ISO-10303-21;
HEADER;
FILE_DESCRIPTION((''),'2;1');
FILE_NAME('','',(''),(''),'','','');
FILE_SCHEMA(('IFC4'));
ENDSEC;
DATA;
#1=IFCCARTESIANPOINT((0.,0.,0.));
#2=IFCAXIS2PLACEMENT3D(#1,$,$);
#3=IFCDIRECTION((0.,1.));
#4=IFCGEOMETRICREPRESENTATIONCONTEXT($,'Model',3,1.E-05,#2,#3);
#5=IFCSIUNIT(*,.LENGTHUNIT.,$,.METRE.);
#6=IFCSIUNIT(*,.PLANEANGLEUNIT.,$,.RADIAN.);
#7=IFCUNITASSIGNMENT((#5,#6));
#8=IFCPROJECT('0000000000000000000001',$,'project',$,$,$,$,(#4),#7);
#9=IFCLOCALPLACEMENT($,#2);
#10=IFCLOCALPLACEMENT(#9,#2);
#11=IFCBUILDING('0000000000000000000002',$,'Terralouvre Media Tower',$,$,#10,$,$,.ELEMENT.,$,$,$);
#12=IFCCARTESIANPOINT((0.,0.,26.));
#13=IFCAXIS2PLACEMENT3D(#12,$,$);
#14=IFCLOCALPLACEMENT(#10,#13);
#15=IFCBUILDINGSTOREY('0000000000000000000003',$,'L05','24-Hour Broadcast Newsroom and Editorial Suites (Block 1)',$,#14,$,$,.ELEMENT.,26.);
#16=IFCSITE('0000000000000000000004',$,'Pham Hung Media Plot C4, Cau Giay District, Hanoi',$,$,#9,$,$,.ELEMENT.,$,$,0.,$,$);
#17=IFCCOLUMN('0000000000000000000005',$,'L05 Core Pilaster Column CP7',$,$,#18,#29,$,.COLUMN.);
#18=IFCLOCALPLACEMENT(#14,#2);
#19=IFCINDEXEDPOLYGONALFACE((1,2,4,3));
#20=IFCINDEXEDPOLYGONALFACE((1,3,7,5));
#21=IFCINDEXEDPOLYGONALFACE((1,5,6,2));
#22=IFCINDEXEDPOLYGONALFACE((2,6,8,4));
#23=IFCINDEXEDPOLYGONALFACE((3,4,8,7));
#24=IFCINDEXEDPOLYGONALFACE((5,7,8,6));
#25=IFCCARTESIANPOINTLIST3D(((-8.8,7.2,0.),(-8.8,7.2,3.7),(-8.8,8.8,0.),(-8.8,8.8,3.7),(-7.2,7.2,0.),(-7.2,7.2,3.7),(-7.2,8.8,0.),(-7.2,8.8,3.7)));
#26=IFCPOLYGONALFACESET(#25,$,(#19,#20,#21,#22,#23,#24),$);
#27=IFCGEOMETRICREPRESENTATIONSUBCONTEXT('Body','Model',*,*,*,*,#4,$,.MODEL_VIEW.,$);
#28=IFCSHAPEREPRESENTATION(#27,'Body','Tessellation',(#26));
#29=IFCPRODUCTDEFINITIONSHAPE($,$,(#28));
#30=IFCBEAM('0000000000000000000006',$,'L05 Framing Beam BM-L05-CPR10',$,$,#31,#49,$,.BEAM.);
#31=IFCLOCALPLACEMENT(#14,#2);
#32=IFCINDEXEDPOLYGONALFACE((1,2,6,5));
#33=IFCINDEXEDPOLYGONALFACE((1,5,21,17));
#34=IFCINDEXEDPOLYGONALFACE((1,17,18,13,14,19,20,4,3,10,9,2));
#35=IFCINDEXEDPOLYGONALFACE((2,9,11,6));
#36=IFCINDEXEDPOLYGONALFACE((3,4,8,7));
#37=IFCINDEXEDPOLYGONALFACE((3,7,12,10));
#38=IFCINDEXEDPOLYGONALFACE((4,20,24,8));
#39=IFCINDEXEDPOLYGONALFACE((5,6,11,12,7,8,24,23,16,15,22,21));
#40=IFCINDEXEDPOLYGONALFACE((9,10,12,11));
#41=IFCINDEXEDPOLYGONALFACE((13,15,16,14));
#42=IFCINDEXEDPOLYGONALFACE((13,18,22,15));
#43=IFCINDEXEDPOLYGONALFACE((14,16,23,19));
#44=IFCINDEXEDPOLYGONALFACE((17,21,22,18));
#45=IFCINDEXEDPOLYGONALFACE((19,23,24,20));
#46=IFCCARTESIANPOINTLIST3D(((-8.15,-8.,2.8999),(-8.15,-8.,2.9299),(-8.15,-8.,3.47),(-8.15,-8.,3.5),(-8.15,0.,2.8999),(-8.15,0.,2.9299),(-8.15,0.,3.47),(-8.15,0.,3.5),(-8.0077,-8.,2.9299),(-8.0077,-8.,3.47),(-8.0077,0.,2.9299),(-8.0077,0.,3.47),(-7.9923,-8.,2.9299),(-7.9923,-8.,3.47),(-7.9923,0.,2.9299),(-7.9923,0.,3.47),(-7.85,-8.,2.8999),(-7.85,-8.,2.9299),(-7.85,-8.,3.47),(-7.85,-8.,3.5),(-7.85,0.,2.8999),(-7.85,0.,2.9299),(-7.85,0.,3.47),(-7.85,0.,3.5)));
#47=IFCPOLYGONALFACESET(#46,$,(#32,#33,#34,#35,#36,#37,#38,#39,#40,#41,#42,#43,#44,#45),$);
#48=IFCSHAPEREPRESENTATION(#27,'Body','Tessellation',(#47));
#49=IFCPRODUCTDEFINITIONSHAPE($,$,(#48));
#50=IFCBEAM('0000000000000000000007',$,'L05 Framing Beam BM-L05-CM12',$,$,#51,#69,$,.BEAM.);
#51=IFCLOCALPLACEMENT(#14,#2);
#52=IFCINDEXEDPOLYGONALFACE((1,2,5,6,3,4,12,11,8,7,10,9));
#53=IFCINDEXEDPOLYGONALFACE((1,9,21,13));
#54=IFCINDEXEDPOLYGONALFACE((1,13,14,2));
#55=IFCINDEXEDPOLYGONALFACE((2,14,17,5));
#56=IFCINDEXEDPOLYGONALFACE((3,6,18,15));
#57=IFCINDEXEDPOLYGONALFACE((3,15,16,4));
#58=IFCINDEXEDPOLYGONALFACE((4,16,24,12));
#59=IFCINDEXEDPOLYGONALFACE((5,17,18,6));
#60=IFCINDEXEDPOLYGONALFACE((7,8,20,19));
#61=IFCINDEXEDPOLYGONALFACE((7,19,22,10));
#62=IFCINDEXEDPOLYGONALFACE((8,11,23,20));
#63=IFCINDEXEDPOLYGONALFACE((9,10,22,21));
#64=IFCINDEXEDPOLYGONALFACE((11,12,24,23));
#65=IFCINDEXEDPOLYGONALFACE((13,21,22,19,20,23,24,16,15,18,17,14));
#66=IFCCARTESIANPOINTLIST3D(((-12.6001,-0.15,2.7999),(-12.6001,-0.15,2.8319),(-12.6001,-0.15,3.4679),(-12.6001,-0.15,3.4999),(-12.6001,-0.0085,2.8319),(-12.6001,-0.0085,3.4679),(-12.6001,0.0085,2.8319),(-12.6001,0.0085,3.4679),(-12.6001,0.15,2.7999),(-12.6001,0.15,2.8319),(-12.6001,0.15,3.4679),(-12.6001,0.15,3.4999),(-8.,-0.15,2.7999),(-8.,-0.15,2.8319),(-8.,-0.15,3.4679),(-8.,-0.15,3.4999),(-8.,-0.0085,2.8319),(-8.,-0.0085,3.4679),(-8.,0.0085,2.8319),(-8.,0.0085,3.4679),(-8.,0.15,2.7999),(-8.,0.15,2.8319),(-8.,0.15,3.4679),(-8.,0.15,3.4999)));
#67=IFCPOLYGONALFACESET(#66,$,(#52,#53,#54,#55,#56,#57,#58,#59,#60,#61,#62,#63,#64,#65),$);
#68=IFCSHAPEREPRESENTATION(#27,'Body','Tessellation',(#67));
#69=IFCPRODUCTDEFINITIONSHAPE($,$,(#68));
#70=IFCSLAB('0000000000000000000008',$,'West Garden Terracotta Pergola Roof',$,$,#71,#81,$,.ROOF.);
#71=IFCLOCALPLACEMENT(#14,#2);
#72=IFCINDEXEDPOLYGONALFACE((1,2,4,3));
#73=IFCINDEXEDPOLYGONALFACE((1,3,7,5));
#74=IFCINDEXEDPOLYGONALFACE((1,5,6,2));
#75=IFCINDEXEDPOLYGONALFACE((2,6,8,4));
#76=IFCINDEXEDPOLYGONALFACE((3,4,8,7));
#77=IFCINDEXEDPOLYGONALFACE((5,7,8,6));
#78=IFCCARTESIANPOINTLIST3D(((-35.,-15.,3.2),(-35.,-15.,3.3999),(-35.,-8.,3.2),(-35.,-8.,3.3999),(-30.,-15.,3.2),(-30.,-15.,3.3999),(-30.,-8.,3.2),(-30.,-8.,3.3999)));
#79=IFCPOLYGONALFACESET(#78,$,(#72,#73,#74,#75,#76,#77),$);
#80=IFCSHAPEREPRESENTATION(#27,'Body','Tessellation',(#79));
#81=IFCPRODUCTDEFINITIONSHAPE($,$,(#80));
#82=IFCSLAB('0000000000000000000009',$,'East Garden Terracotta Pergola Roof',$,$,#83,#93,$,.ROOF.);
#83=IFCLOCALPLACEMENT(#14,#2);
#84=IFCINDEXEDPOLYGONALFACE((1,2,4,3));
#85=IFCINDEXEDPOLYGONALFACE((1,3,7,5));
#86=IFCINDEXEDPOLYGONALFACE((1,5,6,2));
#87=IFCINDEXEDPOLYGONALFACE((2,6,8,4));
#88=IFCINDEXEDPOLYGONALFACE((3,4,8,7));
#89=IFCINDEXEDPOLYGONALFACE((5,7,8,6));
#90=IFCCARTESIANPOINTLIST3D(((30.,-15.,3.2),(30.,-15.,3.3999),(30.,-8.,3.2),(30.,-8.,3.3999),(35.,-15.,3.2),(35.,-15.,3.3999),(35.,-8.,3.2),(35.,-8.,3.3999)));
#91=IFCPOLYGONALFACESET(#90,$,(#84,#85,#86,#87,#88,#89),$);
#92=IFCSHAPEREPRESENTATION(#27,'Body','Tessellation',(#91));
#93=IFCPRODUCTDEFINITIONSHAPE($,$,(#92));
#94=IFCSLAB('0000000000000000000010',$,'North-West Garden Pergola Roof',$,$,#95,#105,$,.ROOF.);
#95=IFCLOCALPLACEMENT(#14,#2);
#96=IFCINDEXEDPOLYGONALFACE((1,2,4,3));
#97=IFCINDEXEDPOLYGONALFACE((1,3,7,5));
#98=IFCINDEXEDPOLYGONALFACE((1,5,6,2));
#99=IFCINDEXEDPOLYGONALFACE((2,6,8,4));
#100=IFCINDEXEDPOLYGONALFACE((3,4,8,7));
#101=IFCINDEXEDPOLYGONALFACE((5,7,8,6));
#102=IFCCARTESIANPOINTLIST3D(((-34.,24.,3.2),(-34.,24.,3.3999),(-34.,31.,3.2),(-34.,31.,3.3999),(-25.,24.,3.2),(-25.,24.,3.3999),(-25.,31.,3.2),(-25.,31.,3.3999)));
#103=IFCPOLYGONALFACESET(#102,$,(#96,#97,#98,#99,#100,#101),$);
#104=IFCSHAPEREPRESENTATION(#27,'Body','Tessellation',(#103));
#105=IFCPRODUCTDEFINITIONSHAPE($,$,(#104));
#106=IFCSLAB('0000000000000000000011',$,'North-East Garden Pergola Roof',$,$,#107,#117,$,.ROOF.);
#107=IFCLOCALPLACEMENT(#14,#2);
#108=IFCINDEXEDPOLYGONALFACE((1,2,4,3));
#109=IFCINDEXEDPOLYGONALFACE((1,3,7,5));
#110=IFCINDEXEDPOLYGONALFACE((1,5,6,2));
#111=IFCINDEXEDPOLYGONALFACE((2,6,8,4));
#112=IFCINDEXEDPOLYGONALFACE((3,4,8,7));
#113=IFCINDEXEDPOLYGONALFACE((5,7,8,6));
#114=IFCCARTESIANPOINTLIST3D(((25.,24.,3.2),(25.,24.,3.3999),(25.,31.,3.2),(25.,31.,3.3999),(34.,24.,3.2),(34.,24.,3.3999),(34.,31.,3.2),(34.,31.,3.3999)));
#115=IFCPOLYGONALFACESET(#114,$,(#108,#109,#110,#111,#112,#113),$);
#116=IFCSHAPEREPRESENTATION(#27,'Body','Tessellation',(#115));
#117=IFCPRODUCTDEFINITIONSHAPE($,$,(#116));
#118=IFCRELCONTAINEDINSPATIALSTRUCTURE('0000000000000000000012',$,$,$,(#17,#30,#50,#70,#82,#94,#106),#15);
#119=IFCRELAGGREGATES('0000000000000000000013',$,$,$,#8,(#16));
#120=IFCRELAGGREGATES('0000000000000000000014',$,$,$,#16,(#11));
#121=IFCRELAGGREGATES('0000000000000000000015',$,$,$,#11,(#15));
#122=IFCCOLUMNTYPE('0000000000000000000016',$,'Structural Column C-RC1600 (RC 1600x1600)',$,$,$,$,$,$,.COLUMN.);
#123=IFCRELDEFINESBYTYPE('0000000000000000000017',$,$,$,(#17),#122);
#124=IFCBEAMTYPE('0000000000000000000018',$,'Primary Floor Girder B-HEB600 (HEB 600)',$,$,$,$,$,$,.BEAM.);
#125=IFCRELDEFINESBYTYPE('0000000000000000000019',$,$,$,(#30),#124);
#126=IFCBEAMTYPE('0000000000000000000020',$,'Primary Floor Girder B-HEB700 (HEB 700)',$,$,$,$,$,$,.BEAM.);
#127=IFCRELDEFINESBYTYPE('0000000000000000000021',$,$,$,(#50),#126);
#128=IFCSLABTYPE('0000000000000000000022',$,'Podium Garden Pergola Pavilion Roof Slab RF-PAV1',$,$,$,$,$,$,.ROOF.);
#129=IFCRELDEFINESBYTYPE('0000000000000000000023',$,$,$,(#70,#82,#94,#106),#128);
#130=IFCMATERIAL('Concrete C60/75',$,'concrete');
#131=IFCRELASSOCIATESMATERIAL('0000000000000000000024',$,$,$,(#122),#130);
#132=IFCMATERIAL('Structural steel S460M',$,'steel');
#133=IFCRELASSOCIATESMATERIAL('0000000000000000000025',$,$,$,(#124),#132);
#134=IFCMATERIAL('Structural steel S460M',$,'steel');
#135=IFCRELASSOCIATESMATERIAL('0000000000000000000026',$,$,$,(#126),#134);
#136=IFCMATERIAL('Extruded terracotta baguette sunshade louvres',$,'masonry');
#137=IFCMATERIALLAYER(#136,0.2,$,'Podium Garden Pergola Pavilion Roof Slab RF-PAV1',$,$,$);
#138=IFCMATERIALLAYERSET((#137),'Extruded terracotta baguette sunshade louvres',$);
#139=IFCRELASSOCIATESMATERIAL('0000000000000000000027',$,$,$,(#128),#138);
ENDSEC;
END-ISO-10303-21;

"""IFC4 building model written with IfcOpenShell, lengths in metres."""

from ifc_helpers import new_model, si_unit, direction, frame, origin, origin_2d, place, context, subcontext, project, spatial, polyline, rectangle, i_section, outline, extrude, material, layer, layer_set, material_profile, profile_set, type_object, element, save


model = new_model("IFC4")

# Units and contexts
model_context = context("Model", 3, precision=1e-05, world=origin(), true_north=direction((0.0, 1.0)))
body_context = subcontext(model_context, "Body", "Model", "MODEL_VIEW")
ifc_project = project(units=[si_unit("LENGTHUNIT", "METRE"), si_unit("PLANEANGLEUNIT", "RADIAN")], contexts=[model_context])

# Site, building, storey
site_placement = place(None, origin())
site = spatial("IfcSite", under=ifc_project, at=site_placement, Name="Pham Hung Media Plot C4, Cau Giay District, Hanoi", CompositionType="ELEMENT", RefElevation=0.0)
building_placement = place(site_placement, origin())
building = spatial("IfcBuilding", under=site, at=building_placement, Name="Terralouvre Media Tower", CompositionType="ELEMENT")
storey_placement = place(building_placement, frame((0.0, 0.0, 26.0)))
storey = spatial("IfcBuildingStorey", under=building, at=storey_placement, Name="L05", Description="24-Hour Broadcast Newsroom and Editorial Suites (Block 1)", CompositionType="ELEMENT", Elevation=26.0)

# Column
ifc_material_1 = material(Name="Concrete C60/75", Category="concrete")
ifc_material_profile_1 = material_profile(ifc_material_1, rectangle(XDim=1.6001, YDim=1.6001, at=origin_2d()), Name="RC 1600x1600")
ifc_profile_set_1 = profile_set([ifc_material_profile_1], Name="Concrete C60/75")
column_type = type_object("IfcColumnType", Name="Structural Column C-RC1600 (RC 1600x1600)", PredefinedType="COLUMN", material=ifc_profile_set_1)
column_placement = place(storey_placement, frame((-8.0, 8.0, 0.0), z_axis=(0.0, 0.0, 1.0), x_axis=(1.0, 0.0, 0.0)))
element("IfcColumn", 1, at=column_placement, inside=storey, type_object=column_type, Name="L05 Core Pilaster Column CP7", PredefinedType="COLUMN", context=body_context, shape_type="SweptSolid", body=[
    extrude(rectangle(XDim=1.6001, YDim=1.6001, at=origin_2d()), origin(), (0.0, 0.0, 1.0), 3.7),
])

# Beams
ifc_material_2 = material(Name="Structural steel S460M", Category="steel")
ifc_material_profile_2 = material_profile(ifc_material_2, i_section(OverallWidth=0.3, OverallDepth=0.6001, WebThickness=0.0154, FlangeThickness=0.03, at=origin_2d()), Name="HEB 600")
ifc_profile_set_2 = profile_set([ifc_material_profile_2], Name="Structural steel S460M")
beam_type_1 = type_object("IfcBeamType", Name="Primary Floor Girder B-HEB600 (HEB 600)", PredefinedType="BEAM", material=ifc_profile_set_2)
beam_1_placement = place(storey_placement, frame((-8.0, 0.0, 3.2), z_axis=(0.0, -1.0, 0.0), x_axis=(1.0, 0.0, 0.0)))
element("IfcBeam", 2, at=beam_1_placement, inside=storey, type_object=beam_type_1, Name="L05 Framing Beam BM-L05-CPR10", PredefinedType="BEAM", context=body_context, shape_type="SweptSolid", body=[
    extrude(i_section(OverallWidth=0.3, OverallDepth=0.6001, WebThickness=0.0154, FlangeThickness=0.03, at=origin_2d()), origin(), (0.0, 0.0, 1.0), 8.0),
])
ifc_material_3 = material(Name="Structural steel S460M", Category="steel")
ifc_material_profile_3 = material_profile(ifc_material_3, i_section(OverallWidth=0.3, OverallDepth=0.7, WebThickness=0.0171, FlangeThickness=0.032, at=origin_2d()), Name="HEB 700")
ifc_profile_set_3 = profile_set([ifc_material_profile_3], Name="Structural steel S460M")
beam_type_2 = type_object("IfcBeamType", Name="Primary Floor Girder B-HEB700 (HEB 700)", PredefinedType="BEAM", material=ifc_profile_set_3)
beam_2_placement = place(storey_placement, frame((-8.0, 0.0, 3.1499), z_axis=(-1.0, 0.0, 0.0), x_axis=(0.0, -1.0, 0.0)))
element("IfcBeam", 3, at=beam_2_placement, inside=storey, type_object=beam_type_2, Name="L05 Framing Beam BM-L05-CM12", PredefinedType="BEAM", context=body_context, shape_type="SweptSolid", body=[
    extrude(i_section(OverallWidth=0.3, OverallDepth=0.7, WebThickness=0.0171, FlangeThickness=0.032, at=origin_2d()), origin(), (0.0, 0.0, 1.0), 4.6001),
])

# Slabs
ifc_material_4 = material(Name="Extruded terracotta baguette sunshade louvres", Category="masonry")
ifc_layer_1 = layer(ifc_material_4, 0.2, Name="Podium Garden Pergola Pavilion Roof Slab RF-PAV1")
ifc_layer_set_1 = layer_set([ifc_layer_1], Name="Extruded terracotta baguette sunshade louvres")
slab_type_1 = type_object("IfcSlabType", Name="Podium Garden Pergola Pavilion Roof Slab RF-PAV1", PredefinedType="ROOF", material=ifc_layer_set_1)
slab_1_placement = place(storey_placement, frame((0.0, 0.0, 3.2)))
element("IfcSlab", 4, at=slab_1_placement, inside=storey, type_object=slab_type_1, Name="West Garden Terracotta Pergola Roof", PredefinedType="ROOF", context=body_context, shape_type="SweptSolid", body=[
    extrude(outline(polyline([(-35.0, -15.0), (-30.0, -15.0), (-30.0, -8.0), (-35.0, -8.0), (-35.0, -15.0)])), origin(), (0.0, 0.0, 1.0), 0.2),
])
slab_2_placement = place(storey_placement, frame((0.0, 0.0, 3.2)))
element("IfcSlab", 5, at=slab_2_placement, inside=storey, type_object=slab_type_1, Name="East Garden Terracotta Pergola Roof", PredefinedType="ROOF", context=body_context, shape_type="SweptSolid", body=[
    extrude(outline(polyline([(30.0, -15.0), (35.0, -15.0), (35.0, -8.0), (30.0, -8.0), (30.0, -15.0)])), origin(), (0.0, 0.0, 1.0), 0.2),
])
slab_3_placement = place(storey_placement, frame((0.0, 0.0, 3.2)))
element("IfcSlab", 6, at=slab_3_placement, inside=storey, type_object=slab_type_1, Name="North-West Garden Pergola Roof", PredefinedType="ROOF", context=body_context, shape_type="SweptSolid", body=[
    extrude(outline(polyline([(-34.0, 24.0), (-25.0, 24.0), (-25.0, 31.0), (-34.0, 31.0), (-34.0, 24.0)])), origin(), (0.0, 0.0, 1.0), 0.2),
])
slab_4_placement = place(storey_placement, frame((0.0, 0.0, 3.2)))
element("IfcSlab", 7, at=slab_4_placement, inside=storey, type_object=slab_type_1, Name="North-East Garden Pergola Roof", PredefinedType="ROOF", context=body_context, shape_type="SweptSolid", body=[
    extrude(outline(polyline([(25.0, 24.0), (34.0, 24.0), (34.0, 31.0), (25.0, 31.0), (25.0, 24.0)])), origin(), (0.0, 0.0, 1.0), 0.2),
])

save(model, "model.ifc")
